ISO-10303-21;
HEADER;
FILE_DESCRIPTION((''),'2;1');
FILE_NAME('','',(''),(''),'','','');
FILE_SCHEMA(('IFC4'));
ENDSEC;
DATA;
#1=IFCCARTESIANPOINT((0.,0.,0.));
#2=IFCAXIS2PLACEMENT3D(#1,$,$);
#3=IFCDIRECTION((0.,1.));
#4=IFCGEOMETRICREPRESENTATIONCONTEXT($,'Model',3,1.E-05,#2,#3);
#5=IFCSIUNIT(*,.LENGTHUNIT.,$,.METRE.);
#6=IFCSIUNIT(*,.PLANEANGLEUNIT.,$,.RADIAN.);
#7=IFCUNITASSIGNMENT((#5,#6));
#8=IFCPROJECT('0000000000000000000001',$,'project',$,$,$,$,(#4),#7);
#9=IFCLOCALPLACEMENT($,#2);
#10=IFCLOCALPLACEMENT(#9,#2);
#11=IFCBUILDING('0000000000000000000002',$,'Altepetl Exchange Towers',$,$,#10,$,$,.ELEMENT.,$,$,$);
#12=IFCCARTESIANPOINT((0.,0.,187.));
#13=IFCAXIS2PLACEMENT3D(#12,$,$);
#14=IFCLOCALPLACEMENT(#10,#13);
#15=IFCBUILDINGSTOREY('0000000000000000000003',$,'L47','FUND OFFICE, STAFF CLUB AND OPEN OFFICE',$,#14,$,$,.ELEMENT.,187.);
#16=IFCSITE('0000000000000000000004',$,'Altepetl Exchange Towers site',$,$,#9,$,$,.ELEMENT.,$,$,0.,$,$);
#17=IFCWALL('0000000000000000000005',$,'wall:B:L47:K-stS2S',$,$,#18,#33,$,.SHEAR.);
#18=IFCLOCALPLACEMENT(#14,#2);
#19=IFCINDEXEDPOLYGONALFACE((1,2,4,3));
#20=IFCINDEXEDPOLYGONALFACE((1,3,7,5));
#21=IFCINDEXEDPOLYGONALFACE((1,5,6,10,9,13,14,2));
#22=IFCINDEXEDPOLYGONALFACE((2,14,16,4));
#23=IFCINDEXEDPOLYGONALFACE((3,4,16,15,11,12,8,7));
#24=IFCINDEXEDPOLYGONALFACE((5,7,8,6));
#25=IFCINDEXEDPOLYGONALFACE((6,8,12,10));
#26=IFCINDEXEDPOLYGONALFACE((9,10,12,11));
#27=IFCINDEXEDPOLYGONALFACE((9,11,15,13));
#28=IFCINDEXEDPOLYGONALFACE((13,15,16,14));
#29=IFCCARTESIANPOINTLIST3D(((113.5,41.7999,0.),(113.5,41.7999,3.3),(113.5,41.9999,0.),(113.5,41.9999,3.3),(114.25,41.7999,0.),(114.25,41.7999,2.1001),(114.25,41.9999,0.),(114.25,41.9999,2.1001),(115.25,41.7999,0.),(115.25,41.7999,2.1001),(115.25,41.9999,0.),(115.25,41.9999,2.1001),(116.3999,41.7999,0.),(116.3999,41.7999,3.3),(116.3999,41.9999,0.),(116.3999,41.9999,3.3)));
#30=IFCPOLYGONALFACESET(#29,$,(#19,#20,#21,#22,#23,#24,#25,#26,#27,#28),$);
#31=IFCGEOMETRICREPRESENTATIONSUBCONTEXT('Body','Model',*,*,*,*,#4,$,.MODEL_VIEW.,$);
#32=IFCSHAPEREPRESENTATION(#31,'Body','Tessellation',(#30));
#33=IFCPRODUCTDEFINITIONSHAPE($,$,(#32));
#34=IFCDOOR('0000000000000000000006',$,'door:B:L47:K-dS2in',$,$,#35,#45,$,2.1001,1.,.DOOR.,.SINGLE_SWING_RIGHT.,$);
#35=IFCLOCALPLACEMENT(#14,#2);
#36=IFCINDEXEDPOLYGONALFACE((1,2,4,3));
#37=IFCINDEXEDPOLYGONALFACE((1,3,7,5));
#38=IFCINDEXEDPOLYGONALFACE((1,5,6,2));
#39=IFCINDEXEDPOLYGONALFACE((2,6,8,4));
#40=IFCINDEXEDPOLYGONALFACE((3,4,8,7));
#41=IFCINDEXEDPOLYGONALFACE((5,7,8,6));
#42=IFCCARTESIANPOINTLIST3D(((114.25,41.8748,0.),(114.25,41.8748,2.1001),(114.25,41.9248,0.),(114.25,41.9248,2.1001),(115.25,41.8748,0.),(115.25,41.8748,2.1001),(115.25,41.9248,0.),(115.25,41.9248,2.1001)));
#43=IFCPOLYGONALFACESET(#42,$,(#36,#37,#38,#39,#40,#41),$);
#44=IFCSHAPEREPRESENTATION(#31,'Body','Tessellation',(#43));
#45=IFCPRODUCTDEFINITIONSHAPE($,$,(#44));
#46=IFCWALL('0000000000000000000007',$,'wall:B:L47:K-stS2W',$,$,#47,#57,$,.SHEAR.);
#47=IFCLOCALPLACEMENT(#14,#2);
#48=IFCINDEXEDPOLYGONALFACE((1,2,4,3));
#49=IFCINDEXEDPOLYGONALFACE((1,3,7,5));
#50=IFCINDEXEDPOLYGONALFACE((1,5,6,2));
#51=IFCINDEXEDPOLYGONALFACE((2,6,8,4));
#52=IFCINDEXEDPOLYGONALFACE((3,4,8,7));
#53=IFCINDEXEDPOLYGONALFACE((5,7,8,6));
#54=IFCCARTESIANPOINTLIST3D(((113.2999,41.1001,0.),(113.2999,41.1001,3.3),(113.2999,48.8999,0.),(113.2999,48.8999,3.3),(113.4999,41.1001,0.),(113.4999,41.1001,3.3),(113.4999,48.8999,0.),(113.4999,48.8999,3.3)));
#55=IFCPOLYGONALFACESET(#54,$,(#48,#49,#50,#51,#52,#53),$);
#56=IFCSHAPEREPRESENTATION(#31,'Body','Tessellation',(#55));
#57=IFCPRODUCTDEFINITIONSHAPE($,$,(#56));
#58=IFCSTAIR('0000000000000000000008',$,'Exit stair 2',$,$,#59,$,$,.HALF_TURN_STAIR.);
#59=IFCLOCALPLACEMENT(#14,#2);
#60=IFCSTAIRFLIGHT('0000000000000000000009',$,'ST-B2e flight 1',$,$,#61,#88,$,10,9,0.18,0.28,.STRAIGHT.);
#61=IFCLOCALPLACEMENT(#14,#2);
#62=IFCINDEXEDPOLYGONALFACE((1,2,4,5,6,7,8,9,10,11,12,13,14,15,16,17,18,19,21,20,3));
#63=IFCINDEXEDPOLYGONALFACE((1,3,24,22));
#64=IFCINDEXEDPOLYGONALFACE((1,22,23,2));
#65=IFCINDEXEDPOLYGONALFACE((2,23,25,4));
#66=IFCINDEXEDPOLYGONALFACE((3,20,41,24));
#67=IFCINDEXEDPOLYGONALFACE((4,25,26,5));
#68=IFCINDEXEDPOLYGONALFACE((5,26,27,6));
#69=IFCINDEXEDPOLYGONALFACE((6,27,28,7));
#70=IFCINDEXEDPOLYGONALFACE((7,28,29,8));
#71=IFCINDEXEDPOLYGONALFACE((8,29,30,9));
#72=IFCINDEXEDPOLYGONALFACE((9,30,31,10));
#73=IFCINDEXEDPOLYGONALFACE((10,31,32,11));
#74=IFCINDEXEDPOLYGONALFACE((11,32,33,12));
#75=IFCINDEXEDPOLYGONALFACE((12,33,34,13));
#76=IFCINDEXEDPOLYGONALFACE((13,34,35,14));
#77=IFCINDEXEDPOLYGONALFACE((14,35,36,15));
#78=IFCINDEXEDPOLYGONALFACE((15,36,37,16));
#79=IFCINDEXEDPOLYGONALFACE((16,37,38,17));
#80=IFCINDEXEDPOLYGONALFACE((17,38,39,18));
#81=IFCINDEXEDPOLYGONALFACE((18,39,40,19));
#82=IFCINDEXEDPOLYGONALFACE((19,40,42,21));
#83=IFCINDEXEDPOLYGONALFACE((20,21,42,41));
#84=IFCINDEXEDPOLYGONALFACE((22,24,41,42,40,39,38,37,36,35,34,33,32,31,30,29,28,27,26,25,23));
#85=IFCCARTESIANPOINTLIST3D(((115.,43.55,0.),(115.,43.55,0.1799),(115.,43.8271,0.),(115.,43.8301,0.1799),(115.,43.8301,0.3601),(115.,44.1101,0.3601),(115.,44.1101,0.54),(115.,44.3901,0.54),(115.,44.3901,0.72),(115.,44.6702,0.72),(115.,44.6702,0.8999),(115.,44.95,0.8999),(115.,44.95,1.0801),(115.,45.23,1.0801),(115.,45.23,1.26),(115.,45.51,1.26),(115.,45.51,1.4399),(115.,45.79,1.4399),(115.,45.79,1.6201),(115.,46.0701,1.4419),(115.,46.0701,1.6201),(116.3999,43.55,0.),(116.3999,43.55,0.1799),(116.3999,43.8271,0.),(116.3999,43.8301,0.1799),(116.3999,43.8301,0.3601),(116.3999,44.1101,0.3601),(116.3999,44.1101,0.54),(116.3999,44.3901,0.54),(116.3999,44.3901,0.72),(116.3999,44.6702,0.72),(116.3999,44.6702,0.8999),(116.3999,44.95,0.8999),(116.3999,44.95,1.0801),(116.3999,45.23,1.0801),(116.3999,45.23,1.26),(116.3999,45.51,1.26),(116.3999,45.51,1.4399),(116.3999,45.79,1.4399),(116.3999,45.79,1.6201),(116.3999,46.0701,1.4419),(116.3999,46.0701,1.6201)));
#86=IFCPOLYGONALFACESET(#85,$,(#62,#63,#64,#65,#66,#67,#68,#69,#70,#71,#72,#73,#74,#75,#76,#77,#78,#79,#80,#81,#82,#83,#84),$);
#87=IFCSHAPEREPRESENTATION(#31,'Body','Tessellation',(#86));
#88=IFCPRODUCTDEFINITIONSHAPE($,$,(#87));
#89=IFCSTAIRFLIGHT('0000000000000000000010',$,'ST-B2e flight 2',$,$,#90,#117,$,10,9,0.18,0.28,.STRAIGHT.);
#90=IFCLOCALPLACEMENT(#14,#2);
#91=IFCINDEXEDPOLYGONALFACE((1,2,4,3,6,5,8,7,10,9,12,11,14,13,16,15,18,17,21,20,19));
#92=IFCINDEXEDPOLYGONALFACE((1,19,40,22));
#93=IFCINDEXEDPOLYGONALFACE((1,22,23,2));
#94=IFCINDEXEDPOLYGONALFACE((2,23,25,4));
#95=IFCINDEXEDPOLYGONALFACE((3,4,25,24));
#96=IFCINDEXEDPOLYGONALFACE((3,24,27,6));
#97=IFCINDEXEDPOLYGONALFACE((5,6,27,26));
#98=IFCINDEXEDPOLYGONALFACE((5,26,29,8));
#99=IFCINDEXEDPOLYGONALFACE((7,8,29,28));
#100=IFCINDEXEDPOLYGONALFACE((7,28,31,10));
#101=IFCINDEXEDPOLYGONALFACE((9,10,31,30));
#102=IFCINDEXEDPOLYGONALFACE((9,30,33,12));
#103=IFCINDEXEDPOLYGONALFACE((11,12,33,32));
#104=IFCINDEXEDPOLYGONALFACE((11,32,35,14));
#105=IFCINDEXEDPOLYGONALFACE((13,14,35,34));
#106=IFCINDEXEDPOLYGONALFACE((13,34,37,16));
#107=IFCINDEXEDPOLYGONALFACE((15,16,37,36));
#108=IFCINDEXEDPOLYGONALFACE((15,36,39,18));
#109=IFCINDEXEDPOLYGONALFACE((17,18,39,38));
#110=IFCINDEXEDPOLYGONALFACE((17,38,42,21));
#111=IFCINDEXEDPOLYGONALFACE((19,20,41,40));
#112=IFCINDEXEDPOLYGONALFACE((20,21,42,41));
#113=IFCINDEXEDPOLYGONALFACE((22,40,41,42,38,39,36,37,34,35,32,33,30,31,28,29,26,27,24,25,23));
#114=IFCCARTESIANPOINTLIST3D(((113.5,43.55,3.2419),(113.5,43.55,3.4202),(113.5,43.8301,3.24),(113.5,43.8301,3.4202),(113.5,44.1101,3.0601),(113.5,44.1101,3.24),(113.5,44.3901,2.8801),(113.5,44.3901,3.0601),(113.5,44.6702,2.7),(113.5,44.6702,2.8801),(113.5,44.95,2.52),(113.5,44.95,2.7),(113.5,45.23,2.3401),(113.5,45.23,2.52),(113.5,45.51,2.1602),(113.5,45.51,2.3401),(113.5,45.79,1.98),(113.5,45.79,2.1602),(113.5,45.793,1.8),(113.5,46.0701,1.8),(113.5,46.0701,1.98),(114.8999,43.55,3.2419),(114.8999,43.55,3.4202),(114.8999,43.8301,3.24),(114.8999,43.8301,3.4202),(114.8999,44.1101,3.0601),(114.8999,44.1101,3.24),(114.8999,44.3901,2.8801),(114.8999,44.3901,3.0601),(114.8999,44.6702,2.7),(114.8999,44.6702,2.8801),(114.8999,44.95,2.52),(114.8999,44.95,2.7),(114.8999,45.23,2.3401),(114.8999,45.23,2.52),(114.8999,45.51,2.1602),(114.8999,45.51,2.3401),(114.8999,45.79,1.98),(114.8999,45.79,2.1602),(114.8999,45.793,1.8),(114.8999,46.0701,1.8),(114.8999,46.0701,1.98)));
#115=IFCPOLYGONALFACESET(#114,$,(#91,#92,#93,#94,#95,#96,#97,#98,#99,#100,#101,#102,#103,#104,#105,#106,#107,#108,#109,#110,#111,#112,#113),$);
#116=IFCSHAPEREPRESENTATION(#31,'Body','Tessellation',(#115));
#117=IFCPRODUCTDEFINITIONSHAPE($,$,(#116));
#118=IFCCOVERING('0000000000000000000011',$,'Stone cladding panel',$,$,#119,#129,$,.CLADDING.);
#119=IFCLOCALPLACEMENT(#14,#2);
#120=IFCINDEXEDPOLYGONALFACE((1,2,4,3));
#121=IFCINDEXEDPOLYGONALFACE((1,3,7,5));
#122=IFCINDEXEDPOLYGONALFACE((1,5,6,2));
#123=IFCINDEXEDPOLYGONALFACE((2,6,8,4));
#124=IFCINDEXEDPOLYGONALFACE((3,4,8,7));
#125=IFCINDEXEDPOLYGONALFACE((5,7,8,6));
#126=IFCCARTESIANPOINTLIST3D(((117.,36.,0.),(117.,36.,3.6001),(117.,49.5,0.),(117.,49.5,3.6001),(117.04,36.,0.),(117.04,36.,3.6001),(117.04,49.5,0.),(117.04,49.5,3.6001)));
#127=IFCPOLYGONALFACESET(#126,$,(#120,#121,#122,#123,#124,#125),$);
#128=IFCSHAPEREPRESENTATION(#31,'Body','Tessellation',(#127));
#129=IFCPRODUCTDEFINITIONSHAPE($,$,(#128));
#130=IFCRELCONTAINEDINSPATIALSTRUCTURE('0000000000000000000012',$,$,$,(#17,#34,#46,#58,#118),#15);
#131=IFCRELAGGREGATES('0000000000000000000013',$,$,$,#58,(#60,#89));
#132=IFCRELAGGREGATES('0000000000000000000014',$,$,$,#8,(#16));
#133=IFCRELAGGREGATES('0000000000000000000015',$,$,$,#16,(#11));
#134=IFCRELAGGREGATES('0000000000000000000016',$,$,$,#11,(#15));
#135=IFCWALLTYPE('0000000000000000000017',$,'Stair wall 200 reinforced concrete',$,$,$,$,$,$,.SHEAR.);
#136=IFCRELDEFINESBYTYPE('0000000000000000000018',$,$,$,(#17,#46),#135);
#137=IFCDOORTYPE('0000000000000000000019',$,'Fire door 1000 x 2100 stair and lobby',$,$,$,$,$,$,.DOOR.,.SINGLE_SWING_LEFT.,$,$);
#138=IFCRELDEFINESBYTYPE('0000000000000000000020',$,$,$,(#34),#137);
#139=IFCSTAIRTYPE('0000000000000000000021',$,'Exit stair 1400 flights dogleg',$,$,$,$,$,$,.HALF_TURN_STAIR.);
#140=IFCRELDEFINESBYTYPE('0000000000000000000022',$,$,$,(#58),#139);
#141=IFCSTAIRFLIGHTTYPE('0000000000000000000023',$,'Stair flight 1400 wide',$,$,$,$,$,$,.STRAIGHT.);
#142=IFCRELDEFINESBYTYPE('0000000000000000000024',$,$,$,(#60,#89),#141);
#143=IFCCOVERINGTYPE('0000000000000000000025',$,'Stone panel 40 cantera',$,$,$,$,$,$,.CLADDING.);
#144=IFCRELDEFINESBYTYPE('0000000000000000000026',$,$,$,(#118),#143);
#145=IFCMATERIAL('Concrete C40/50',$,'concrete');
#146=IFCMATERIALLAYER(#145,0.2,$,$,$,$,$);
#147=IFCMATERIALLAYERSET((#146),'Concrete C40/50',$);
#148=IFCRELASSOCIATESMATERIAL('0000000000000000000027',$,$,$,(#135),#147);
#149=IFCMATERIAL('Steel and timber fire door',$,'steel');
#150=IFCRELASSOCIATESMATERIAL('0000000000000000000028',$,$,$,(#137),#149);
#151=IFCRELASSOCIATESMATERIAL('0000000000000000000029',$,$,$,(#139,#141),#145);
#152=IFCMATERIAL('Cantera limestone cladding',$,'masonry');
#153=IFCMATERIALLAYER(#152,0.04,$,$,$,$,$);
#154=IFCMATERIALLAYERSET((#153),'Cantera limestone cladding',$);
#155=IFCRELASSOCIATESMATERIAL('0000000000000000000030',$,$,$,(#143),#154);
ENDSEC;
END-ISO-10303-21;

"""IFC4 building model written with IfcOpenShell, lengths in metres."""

from ifc_helpers import new_model, si_unit, direction, frame, frame_2d, origin, origin_2d, place, context, subcontext, project, spatial, polyline, rectangle, outline, extrude, material, layer, layer_set, type_object, element, fill, aggregate, save


model = new_model("IFC4")

# Units and contexts
model_context = context("Model", 3, precision=1e-05, world=origin(), true_north=direction((0.0, 1.0)))
body_context = subcontext(model_context, "Body", "Model", "MODEL_VIEW")
ifc_project = project(units=[si_unit("LENGTHUNIT", "METRE"), si_unit("PLANEANGLEUNIT", "RADIAN")], contexts=[model_context])

# Site, building, storey
site_placement = place(None, origin())
site = spatial("IfcSite", under=ifc_project, at=site_placement, Name="Altepetl Exchange Towers site", CompositionType="ELEMENT", RefElevation=0.0)
building_placement = place(site_placement, origin())
building = spatial("IfcBuilding", under=site, at=building_placement, Name="Altepetl Exchange Towers", CompositionType="ELEMENT")
storey_placement = place(building_placement, frame((0.0, 0.0, 187.0)))
storey = spatial("IfcBuildingStorey", under=building, at=storey_placement, Name="L47", Description="FUND OFFICE, STAFF CLUB AND OPEN OFFICE", CompositionType="ELEMENT", Elevation=187.0)

# Shared definitions
ifc_material_1 = material(Name="Steel and timber fire door", Category="steel")

# Shared definitions
ifc_material_2 = material(Name="Concrete C40/50", Category="concrete")

# Wall, opening, door
ifc_layer_1 = layer(ifc_material_2, 0.2)
ifc_layer_set_1 = layer_set([ifc_layer_1], Name="Concrete C40/50")
wall_type_1 = type_object("IfcWallType", Name="Stair wall 200 reinforced concrete", PredefinedType="SHEAR", material=ifc_layer_set_1)
wall_1_placement = place(storey_placement, frame((113.5, 41.8999, 0.0)))
wall_1 = element("IfcWall", 1, at=wall_1_placement, inside=storey, type_object=wall_type_1, Name="wall:B:L47:K-stS2S", PredefinedType="SHEAR", context=body_context, shape_type="SweptSolid", body=[
    extrude(rectangle(XDim=2.8999, YDim=0.2, at=frame_2d((1.45, 0.0))), origin(), (0.0, 0.0, 1.0), 3.3),
])
opening_1_placement = place(wall_1_placement, frame((0.75, 0.0, 0.0)))
opening_1 = element("IfcOpeningElement", 2, at=opening_1_placement, cuts=wall_1, PredefinedType="OPENING", context=body_context, shape_type="SweptSolid", body=[
    extrude(rectangle(XDim=1.0, YDim=2.1001, at=frame_2d((0.5, 1.05))), frame((0.0, 0.1099, 0.0), z_axis=(0.0, -1.0, 0.0), x_axis=(1.0, 0.0, 0.0)), (0.0, 0.0, 1.0), 0.22),
])
door_type_1 = type_object("IfcDoorType", Name="Fire door 1000 x 2100 stair and lobby", OperationType="SINGLE_SWING_LEFT", PredefinedType="DOOR", material=ifc_material_1)
door_1_placement = place(opening_1_placement, origin())
door_1 = element("IfcDoor", 3, at=door_1_placement, inside=storey, type_object=door_type_1, Name="door:B:L47:K-dS2in", OperationType="SINGLE_SWING_RIGHT", OverallHeight=2.1001, OverallWidth=1.0, PredefinedType="DOOR", context=body_context, shape_type="SweptSolid", body=[
    extrude(rectangle(XDim=1.0, YDim=2.1001, at=frame_2d((0.5, 1.05))), frame((0.0, 0.0249, 0.0), z_axis=(0.0, -1.0, 0.0), x_axis=(1.0, 0.0, 0.0)), (0.0, 0.0, 1.0), 0.05),
])
fill(opening_1, door_1)

# Wall
wall_2_placement = place(storey_placement, frame((113.3999, 41.1001, 0.0), z_axis=(0.0, 0.0, 1.0), x_axis=(0.0, 1.0, 0.0)))
element("IfcWall", 4, at=wall_2_placement, inside=storey, type_object=wall_type_1, Name="wall:B:L47:K-stS2W", PredefinedType="SHEAR", context=body_context, shape_type="SweptSolid", body=[
    extrude(rectangle(XDim=7.7998, YDim=0.2, at=frame_2d((3.8999, 0.0))), origin(), (0.0, 0.0, 1.0), 3.3),
])

# Stair, stair flights
stair_type = type_object("IfcStairType", Name="Exit stair 1400 flights dogleg", PredefinedType="HALF_TURN_STAIR", material=ifc_material_2)
stair_placement = place(storey_placement, origin())
stair = element("IfcStair", 5, at=stair_placement, inside=storey, type_object=stair_type, Name="Exit stair 2", PredefinedType="HALF_TURN_STAIR")
stair_flight_type = type_object("IfcStairFlightType", Name="Stair flight 1400 wide", PredefinedType="STRAIGHT", material=ifc_material_2)
stair_flight_1_placement = place(storey_placement, frame((115.7, 43.55, 0.0), z_axis=(0.0, 0.0, 1.0), x_axis=(0.0, 1.0, 0.0)))
stair_flight_1 = element("IfcStairFlight", 6, at=stair_flight_1_placement, type_object=stair_flight_type, Name="ST-B2e flight 1", NumberOfRisers=10, NumberOfTreads=9, PredefinedType="STRAIGHT", RiserHeight=0.18, TreadLength=0.28, context=body_context, shape_type="SweptSolid", body=[
    extrude(outline(polyline([(0.0, 0.0), (0.0, 0.1799), (0.28, 0.1799), (0.28, 0.3601), (0.5601, 0.3601), (0.5601, 0.54), (0.8401, 0.54), (0.8401, 0.72), (1.1201, 0.72), (1.1201, 0.8999), (1.3999, 0.8999), (1.3999, 1.0801), (1.6799, 1.0801), (1.6799, 1.26), (1.96, 1.26), (1.96, 1.4399), (2.24, 1.4399), (2.24, 1.6201), (2.52, 1.6201), (2.52, 1.8), (2.52, 1.4419), (0.2771, 0.0), (0.0, 0.0)])), frame((0.0, 0.7, 0.0), z_axis=(0.0, -1.0, 0.0), x_axis=(1.0, 0.0, 0.0)), (0.0, 0.0, 1.0), 1.3999),
])
stair_flight_2_placement = place(storey_placement, frame((114.2, 46.0701, 1.8), z_axis=(0.0, 0.0, 1.0), x_axis=(0.0, -1.0, 0.0)))
stair_flight_2 = element("IfcStairFlight", 7, at=stair_flight_2_placement, type_object=stair_flight_type, Name="ST-B2e flight 2", NumberOfRisers=10, NumberOfTreads=9, PredefinedType="STRAIGHT", RiserHeight=0.18, TreadLength=0.28, context=body_context, shape_type="SweptSolid", body=[
    extrude(outline(polyline([(0.0, 0.0), (0.0, 0.1799), (0.28, 0.1799), (0.28, 0.3601), (0.5601, 0.3601), (0.5601, 0.54), (0.8401, 0.54), (0.8401, 0.72), (1.1201, 0.72), (1.1201, 0.8999), (1.3999, 0.8999), (1.3999, 1.0801), (1.6799, 1.0801), (1.6799, 1.26), (1.96, 1.26), (1.96, 1.4399), (2.24, 1.4399), (2.24, 1.6201), (2.52, 1.6201), (2.52, 1.8), (2.52, 1.4419), (0.2771, 0.0), (0.0, 0.0)])), frame((0.0, 0.7, 0.0), z_axis=(0.0, -1.0, 0.0), x_axis=(1.0, 0.0, 0.0)), (0.0, 0.0, 1.0), 1.3999),
])
aggregate(stair, [stair_flight_1, stair_flight_2])

# Covering
ifc_material_3 = material(Name="Cantera limestone cladding", Category="masonry")
ifc_layer_2 = layer(ifc_material_3, 0.04)
ifc_layer_set_2 = layer_set([ifc_layer_2], Name="Cantera limestone cladding")
covering_type = type_object("IfcCoveringType", Name="Stone panel 40 cantera", PredefinedType="CLADDING", material=ifc_layer_set_2)
covering_placement = place(storey_placement, frame((117.02, 42.75, 0.0), z_axis=(0.0, 0.0, 1.0), x_axis=(0.0, 1.0, 0.0)))
element("IfcCovering", 8, at=covering_placement, inside=storey, type_object=covering_type, Name="Stone cladding panel", PredefinedType="CLADDING", context=body_context, shape_type="SweptSolid", body=[
    extrude(rectangle(XDim=13.5, YDim=0.04, at=origin_2d()), origin(), (0.0, 0.0, 1.0), 3.6001),
])

save(model, "model.ifc")
